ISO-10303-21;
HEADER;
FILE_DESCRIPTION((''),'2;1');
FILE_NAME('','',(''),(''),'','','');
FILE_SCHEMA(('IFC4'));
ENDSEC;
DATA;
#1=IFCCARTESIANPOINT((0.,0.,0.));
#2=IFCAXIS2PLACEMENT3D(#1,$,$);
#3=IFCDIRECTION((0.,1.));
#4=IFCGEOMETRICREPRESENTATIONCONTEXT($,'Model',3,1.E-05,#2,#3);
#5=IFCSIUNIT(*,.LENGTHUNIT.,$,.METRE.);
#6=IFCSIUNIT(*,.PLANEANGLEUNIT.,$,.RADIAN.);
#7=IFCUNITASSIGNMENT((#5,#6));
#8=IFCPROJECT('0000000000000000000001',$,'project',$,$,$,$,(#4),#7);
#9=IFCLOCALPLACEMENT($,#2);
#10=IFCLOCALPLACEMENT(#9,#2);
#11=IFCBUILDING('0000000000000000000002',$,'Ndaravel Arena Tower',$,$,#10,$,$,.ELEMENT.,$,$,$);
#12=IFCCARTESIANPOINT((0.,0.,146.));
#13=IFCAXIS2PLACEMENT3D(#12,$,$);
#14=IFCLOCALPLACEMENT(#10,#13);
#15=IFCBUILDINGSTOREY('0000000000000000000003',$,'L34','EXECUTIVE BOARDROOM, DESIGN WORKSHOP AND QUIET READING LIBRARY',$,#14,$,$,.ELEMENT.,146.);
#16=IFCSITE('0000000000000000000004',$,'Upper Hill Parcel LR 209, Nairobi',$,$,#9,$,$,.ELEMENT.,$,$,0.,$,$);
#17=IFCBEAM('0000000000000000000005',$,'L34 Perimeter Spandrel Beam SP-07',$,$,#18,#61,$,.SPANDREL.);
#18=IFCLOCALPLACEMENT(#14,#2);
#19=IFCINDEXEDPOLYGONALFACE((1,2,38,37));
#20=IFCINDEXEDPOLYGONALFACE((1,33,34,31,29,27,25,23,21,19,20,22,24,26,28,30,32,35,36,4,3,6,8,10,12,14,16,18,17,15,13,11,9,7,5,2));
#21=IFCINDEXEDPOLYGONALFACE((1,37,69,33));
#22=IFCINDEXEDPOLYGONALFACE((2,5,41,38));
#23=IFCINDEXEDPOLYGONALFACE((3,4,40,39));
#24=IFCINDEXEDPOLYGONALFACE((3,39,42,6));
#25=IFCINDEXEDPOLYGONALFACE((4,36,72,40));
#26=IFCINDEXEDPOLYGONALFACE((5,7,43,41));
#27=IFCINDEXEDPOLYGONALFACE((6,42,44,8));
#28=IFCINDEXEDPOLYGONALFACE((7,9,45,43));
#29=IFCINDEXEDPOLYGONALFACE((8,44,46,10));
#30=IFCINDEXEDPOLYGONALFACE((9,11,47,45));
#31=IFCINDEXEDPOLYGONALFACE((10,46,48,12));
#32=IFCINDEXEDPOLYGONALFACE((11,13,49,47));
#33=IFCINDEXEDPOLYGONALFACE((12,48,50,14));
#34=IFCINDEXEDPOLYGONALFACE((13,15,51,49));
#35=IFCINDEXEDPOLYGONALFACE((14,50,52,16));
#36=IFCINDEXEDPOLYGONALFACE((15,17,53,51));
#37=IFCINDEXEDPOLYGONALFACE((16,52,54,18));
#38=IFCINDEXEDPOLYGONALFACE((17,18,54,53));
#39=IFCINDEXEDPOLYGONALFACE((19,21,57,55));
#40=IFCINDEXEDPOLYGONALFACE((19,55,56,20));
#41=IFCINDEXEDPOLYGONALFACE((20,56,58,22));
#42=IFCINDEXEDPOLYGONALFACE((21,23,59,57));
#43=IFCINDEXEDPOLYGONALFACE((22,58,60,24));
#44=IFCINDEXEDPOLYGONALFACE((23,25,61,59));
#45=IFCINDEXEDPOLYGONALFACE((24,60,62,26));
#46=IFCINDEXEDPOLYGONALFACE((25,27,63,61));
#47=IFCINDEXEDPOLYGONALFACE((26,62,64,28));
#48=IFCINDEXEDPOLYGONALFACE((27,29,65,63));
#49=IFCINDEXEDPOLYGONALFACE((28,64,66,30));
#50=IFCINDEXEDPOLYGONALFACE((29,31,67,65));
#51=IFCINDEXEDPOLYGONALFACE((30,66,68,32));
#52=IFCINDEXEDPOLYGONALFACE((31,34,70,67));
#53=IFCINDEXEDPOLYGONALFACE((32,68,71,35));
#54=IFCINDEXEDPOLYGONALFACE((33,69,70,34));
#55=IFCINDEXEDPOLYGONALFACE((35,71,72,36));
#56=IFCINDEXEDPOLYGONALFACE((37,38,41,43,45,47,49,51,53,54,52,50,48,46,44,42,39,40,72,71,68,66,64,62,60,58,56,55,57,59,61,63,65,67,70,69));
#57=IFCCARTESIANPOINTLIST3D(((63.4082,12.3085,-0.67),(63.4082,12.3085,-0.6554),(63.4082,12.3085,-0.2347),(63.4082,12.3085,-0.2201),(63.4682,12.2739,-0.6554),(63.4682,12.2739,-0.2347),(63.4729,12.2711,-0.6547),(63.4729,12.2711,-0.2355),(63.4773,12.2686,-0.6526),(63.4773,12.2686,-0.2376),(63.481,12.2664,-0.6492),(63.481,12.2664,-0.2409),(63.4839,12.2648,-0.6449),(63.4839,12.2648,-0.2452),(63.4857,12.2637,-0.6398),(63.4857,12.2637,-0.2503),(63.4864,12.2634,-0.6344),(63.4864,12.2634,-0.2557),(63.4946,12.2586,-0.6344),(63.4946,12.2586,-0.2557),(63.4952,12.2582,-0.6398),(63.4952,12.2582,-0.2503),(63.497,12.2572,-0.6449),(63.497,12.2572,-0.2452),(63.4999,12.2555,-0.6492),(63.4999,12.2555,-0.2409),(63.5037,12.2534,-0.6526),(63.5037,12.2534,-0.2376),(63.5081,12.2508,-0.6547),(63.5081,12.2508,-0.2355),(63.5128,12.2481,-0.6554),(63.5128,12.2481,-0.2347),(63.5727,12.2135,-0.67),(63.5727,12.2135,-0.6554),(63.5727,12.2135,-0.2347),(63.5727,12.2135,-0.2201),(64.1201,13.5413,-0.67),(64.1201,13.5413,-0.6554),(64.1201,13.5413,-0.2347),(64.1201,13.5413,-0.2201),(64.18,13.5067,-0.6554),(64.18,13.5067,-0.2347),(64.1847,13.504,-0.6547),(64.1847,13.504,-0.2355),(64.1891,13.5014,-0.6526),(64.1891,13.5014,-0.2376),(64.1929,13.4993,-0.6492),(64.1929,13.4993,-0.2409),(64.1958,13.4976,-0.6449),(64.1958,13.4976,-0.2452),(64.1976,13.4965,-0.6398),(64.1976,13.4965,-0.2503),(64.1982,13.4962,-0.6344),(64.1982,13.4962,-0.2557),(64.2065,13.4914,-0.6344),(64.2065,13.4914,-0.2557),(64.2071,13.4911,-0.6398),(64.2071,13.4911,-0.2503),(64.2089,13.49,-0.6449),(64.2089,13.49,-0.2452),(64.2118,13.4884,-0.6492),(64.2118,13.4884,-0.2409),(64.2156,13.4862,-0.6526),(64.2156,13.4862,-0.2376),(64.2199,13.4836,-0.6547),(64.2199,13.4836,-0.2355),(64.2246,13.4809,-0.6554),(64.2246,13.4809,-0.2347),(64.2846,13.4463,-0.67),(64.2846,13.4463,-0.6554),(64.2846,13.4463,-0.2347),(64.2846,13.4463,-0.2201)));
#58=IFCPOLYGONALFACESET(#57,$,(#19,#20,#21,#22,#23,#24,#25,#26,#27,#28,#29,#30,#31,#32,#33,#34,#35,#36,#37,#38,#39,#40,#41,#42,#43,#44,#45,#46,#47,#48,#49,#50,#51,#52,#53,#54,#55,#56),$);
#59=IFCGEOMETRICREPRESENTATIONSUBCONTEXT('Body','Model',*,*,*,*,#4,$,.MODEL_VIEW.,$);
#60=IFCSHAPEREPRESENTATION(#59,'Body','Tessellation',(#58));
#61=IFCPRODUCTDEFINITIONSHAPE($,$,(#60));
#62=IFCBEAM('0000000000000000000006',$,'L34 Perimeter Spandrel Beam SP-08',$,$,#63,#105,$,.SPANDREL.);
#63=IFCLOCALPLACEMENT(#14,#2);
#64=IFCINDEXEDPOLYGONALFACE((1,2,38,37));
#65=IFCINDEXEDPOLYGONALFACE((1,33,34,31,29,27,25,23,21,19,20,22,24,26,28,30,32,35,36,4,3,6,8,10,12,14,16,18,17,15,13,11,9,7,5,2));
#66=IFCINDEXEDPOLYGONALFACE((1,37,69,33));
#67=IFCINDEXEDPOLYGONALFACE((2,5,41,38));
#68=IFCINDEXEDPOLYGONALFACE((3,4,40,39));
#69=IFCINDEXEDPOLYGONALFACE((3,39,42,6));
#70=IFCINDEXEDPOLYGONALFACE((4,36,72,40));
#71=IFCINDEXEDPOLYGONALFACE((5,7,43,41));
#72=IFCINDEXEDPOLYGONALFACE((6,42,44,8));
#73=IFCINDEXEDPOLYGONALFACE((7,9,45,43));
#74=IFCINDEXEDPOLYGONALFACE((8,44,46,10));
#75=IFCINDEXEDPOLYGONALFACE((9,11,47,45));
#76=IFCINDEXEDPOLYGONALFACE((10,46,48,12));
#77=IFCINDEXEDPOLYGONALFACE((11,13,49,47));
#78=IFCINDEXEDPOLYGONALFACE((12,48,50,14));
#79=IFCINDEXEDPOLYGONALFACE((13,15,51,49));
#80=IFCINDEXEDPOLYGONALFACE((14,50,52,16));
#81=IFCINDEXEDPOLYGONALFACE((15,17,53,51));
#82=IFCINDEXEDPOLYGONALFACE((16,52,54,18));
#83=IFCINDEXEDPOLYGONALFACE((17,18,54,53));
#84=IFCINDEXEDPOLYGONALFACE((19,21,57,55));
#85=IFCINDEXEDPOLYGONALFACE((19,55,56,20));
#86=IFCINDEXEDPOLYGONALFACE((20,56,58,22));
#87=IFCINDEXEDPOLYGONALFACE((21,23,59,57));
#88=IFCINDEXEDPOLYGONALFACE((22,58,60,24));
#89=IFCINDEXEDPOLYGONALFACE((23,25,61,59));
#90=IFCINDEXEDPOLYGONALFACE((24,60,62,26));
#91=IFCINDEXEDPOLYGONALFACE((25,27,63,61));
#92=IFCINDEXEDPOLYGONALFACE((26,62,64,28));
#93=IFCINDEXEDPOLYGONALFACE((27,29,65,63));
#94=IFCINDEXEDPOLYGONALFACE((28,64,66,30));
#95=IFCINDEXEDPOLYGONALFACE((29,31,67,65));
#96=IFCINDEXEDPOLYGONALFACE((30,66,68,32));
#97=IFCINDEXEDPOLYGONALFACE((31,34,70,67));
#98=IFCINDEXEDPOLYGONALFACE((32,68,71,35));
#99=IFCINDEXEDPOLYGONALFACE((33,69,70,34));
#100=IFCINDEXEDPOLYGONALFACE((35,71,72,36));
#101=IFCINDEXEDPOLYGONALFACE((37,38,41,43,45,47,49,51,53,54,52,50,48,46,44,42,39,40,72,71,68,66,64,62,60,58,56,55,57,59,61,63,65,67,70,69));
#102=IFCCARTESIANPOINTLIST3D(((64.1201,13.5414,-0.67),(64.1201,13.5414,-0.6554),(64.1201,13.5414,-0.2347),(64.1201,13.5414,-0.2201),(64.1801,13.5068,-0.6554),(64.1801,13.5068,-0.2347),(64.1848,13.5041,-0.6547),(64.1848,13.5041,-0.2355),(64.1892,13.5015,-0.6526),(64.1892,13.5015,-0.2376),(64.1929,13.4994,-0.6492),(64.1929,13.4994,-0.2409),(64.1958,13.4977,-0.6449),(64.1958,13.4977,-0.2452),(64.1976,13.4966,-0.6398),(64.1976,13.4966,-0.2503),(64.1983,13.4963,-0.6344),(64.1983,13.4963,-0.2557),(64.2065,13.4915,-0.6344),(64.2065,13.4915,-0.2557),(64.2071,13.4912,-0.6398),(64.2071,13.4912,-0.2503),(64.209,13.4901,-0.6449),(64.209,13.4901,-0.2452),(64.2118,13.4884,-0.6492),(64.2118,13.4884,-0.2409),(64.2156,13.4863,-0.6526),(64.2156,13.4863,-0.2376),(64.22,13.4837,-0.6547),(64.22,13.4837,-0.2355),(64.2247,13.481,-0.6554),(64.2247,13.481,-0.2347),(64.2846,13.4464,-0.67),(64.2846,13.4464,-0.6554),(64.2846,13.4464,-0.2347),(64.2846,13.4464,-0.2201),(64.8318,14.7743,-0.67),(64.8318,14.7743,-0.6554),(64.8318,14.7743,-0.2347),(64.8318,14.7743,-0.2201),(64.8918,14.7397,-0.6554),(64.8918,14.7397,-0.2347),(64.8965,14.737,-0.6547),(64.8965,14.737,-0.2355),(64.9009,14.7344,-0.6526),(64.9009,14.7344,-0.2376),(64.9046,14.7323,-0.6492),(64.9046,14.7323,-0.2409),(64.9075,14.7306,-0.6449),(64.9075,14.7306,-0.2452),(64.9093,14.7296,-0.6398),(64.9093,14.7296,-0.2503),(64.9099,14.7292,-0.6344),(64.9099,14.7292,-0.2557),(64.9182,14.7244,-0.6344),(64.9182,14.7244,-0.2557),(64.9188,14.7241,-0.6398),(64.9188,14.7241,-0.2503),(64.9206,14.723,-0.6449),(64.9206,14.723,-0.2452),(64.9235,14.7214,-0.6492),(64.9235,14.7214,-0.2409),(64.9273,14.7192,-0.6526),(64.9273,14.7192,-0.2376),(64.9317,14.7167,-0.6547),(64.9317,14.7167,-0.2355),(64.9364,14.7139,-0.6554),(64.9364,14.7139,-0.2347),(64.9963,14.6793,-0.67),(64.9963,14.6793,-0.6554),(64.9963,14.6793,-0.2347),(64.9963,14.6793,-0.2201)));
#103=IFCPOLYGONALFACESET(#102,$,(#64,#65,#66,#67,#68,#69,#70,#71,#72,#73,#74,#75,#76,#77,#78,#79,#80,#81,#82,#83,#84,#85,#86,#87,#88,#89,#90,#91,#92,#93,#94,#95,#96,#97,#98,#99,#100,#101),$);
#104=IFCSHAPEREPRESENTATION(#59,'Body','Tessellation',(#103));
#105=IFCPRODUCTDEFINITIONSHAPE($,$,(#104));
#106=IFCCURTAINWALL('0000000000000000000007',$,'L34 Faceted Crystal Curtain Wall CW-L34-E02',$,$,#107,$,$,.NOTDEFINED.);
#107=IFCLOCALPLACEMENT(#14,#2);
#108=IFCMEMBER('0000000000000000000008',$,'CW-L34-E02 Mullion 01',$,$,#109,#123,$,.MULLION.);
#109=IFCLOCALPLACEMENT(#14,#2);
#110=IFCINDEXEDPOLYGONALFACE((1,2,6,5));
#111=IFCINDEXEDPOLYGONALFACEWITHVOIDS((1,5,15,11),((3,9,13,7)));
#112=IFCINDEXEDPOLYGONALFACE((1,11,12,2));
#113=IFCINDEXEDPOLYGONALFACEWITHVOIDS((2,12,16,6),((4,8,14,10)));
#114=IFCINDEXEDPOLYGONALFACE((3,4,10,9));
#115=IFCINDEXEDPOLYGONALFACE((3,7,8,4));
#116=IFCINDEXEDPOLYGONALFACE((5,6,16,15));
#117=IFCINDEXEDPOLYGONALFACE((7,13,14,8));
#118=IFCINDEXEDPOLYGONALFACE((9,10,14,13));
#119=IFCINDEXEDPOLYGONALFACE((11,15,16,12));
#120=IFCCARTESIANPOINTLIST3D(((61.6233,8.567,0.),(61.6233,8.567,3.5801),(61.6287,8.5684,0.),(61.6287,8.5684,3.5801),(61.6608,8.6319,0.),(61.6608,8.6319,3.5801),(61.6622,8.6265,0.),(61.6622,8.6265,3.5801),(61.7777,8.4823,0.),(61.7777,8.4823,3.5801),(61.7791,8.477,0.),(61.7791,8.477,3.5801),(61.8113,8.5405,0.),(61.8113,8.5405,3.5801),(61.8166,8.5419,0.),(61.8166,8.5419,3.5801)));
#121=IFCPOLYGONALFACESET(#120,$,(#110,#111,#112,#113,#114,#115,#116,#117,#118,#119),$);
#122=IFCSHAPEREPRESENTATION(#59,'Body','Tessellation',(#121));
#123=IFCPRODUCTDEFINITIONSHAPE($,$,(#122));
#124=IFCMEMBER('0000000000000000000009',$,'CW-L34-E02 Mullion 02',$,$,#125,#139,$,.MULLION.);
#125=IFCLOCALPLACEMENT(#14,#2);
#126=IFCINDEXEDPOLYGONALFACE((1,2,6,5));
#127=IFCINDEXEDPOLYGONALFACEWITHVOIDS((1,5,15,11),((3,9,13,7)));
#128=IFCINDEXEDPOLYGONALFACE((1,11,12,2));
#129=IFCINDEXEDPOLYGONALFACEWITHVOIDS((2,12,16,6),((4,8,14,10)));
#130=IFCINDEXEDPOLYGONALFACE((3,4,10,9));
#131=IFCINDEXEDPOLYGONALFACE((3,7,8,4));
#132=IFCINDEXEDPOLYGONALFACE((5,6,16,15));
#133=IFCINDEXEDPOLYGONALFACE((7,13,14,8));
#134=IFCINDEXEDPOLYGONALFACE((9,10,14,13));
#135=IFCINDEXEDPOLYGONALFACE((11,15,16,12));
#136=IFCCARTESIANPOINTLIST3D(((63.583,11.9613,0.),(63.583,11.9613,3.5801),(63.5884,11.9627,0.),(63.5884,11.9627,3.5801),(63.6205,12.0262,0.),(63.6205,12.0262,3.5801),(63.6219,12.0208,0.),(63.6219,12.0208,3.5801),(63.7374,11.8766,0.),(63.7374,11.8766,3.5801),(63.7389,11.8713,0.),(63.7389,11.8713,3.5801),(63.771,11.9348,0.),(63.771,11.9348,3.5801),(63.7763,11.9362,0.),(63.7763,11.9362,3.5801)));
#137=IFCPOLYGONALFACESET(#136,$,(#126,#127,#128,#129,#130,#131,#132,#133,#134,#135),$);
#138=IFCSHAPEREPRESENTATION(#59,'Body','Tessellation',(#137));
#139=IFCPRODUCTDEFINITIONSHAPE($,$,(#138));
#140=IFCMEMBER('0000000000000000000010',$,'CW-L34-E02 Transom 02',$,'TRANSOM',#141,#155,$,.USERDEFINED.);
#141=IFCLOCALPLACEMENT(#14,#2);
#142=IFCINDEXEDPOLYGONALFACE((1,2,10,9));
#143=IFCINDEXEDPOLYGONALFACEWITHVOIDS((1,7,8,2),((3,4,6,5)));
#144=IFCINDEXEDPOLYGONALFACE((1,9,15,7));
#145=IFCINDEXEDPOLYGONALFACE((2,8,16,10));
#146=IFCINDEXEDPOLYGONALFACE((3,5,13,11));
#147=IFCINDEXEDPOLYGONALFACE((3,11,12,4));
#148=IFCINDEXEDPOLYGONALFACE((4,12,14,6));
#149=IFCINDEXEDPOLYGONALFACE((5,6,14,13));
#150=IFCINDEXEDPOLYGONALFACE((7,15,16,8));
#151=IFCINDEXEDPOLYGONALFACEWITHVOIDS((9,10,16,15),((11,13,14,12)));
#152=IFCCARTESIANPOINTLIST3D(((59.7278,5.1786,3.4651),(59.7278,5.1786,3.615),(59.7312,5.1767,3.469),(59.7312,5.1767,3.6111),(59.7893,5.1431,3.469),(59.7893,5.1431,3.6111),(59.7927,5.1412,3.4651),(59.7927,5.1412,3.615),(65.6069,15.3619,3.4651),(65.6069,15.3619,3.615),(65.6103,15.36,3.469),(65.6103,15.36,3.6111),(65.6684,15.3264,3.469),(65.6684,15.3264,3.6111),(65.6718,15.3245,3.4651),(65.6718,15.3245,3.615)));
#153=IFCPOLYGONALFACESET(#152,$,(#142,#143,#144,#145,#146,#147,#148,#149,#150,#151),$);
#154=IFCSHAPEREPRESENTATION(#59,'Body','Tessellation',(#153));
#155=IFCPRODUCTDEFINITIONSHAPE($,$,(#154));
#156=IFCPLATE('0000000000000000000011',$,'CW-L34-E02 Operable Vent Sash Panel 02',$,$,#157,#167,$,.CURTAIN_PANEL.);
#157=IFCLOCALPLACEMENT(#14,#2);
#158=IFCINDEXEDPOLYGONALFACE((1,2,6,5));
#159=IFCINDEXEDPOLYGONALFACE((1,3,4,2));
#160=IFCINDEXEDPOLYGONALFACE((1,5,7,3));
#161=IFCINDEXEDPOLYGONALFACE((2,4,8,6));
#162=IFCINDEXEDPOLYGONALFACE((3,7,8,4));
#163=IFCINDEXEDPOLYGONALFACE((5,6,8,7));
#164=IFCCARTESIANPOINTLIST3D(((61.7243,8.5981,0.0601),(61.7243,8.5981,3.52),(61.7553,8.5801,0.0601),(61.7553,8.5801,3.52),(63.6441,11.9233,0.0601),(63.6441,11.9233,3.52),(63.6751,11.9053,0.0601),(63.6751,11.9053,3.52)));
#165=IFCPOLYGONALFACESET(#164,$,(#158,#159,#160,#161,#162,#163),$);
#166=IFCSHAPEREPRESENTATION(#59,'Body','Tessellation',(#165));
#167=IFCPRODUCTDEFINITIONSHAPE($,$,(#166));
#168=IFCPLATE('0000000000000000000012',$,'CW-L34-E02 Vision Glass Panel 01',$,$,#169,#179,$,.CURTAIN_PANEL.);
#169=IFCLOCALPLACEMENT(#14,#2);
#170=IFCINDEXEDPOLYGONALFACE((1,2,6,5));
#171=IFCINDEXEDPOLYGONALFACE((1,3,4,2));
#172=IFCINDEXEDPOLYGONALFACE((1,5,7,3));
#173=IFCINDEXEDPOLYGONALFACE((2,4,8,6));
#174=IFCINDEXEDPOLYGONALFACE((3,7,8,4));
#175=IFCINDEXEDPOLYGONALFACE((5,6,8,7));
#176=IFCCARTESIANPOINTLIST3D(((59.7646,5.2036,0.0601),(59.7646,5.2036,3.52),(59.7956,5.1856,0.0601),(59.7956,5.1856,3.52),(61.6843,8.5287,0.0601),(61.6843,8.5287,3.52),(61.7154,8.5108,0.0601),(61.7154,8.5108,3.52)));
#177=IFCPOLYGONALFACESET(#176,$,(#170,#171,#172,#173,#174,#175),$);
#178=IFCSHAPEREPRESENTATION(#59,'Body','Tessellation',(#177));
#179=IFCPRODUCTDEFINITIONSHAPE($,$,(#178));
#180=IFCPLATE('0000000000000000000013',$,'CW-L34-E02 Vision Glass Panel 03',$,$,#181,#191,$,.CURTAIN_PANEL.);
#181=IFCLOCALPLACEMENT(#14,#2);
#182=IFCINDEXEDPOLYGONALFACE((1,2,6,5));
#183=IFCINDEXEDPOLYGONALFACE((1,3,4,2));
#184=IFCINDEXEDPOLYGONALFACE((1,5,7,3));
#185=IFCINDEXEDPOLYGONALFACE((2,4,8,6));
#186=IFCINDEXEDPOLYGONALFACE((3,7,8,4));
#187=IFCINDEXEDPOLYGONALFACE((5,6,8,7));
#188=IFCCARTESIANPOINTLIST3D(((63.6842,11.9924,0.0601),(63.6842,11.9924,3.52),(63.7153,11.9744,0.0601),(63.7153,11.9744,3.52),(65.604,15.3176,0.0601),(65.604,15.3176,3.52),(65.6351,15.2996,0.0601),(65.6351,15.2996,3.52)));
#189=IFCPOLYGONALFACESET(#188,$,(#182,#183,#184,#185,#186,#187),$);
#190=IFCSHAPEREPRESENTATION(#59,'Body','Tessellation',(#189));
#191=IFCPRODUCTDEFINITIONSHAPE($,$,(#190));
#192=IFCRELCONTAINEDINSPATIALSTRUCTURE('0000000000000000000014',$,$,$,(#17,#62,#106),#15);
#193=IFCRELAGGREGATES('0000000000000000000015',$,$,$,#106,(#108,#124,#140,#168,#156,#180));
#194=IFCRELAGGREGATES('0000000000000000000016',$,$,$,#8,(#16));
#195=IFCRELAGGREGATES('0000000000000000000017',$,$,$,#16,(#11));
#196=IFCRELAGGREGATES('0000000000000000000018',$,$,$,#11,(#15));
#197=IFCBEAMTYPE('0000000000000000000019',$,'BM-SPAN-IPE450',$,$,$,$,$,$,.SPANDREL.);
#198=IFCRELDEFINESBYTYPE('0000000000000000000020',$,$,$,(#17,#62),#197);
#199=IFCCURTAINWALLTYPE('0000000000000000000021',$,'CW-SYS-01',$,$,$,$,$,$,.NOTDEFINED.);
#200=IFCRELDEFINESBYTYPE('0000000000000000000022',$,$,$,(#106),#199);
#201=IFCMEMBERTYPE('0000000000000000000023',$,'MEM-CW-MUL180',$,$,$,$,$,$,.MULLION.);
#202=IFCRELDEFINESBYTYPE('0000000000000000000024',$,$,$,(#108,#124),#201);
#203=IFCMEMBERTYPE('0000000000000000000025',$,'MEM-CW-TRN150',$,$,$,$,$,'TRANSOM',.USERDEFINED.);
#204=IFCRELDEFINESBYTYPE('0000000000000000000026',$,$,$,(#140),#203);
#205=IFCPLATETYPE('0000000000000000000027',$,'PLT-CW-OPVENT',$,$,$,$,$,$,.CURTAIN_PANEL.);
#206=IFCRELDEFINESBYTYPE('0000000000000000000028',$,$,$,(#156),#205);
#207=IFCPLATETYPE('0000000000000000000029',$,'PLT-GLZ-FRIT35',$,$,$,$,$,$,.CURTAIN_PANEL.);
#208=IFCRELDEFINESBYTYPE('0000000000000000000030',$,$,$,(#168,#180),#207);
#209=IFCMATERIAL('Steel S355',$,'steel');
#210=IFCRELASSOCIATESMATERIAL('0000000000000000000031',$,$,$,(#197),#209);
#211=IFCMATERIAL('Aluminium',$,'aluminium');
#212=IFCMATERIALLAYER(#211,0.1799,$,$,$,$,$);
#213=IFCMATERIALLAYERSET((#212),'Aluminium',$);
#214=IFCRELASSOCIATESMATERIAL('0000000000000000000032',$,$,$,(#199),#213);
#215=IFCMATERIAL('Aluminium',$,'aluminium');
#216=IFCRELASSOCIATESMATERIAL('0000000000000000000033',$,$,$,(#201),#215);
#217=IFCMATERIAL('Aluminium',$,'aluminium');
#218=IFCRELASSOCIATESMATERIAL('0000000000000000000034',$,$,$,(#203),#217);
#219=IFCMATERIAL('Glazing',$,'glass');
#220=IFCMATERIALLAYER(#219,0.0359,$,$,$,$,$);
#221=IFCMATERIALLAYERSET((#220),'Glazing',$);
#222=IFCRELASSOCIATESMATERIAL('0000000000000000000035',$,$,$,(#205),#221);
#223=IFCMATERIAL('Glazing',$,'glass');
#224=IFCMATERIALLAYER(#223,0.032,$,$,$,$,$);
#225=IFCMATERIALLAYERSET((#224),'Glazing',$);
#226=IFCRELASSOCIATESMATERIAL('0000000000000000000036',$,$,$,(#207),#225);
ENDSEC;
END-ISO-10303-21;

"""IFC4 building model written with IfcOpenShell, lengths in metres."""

from ifc_helpers import new_model, si_unit, direction, frame, origin, origin_2d, place, context, subcontext, project, spatial, rectangle, hollow_rectangle, i_section, extrude, material, layer, layer_set, material_profile, profile_set, type_object, element, aggregate, save


model = new_model("IFC4")

# Units and contexts
model_context = context("Model", 3, precision=1e-05, world=origin(), true_north=direction((0.0, 1.0)))
body_context = subcontext(model_context, "Body", "Model", "MODEL_VIEW")
ifc_project = project(units=[si_unit("LENGTHUNIT", "METRE"), si_unit("PLANEANGLEUNIT", "RADIAN")], contexts=[model_context])

# Site, building, storey
site_placement = place(None, origin())
site = spatial("IfcSite", under=ifc_project, at=site_placement, Name="Upper Hill Parcel LR 209, Nairobi", CompositionType="ELEMENT", RefElevation=0.0)
building_placement = place(site_placement, origin())
building = spatial("IfcBuilding", under=site, at=building_placement, Name="Ndaravel Arena Tower", CompositionType="ELEMENT")
storey_placement = place(building_placement, frame((0.0, 0.0, 146.0)))
storey = spatial("IfcBuildingStorey", under=building, at=storey_placement, Name="L34", Description="EXECUTIVE BOARDROOM, DESIGN WORKSHOP AND QUIET READING LIBRARY", CompositionType="ELEMENT", Elevation=146.0)

# Beams
ifc_material_1 = material(Name="Steel S355", Category="steel")
ifc_material_profile_1 = material_profile(ifc_material_1, i_section(OverallWidth=0.1899, OverallDepth=0.45, WebThickness=0.0095, FlangeThickness=0.0146, FilletRadius=0.021, at=origin_2d()), Name="IPE 450")
ifc_profile_set_1 = profile_set([ifc_material_profile_1], Name="Steel S355")
beam_type = type_object("IfcBeamType", Name="BM-SPAN-IPE450", PredefinedType="SPANDREL", material=ifc_profile_set_1)
for number, where, z_axis, x_axis, name in (
    (1, (63.4905, 12.261, -0.4451), (0.500049, 0.865997, 0.0), (-0.865997, 0.500049, 0.0), "L34 Perimeter Spandrel Beam SP-07"),
    (2, (64.2024, 13.4939, -0.4451), (0.49992, 0.866071, 0.0), (-0.866071, 0.49992, 0.0), "L34 Perimeter Spandrel Beam SP-08"),
):
    element("IfcBeam", number, at=place(storey_placement, frame(where, z_axis=z_axis, x_axis=x_axis)), inside=storey, type_object=beam_type, Name=name, PredefinedType="SPANDREL", context=body_context, shape_type="SweptSolid", body=[
        extrude(i_section(OverallWidth=0.1899, OverallDepth=0.45, WebThickness=0.0095, FlangeThickness=0.0146, FilletRadius=0.021, at=origin_2d()), origin(), (0.0, 0.0, 1.0), 1.4236),
    ])

# Curtain wall, members, plates
ifc_material_2 = material(Name="Aluminium", Category="aluminium")
ifc_layer_1 = layer(ifc_material_2, 0.1799)
ifc_layer_set_1 = layer_set([ifc_layer_1], Name="Aluminium")
curtain_wall_type = type_object("IfcCurtainWallType", Name="CW-SYS-01", PredefinedType="NOTDEFINED", material=ifc_layer_set_1)
curtain_wall_placement = place(storey_placement, origin())
curtain_wall = element("IfcCurtainWall", 3, at=curtain_wall_placement, inside=storey, type_object=curtain_wall_type, Name="L34 Faceted Crystal Curtain Wall CW-L34-E02", PredefinedType="NOTDEFINED")
ifc_material_3 = material(Name="Aluminium", Category="aluminium")
ifc_material_profile_2 = material_profile(ifc_material_3, hollow_rectangle(XDim=0.075, YDim=0.1799, WallThickness=0.0039, at=origin_2d()), Name="CW MULLION 75x180x4")
ifc_profile_set_2 = profile_set([ifc_material_profile_2], Name="Aluminium")
member_type_1 = type_object("IfcMemberType", Name="MEM-CW-MUL180", PredefinedType="MULLION", material=ifc_profile_set_2)
member_1_placement = place(storey_placement, frame((61.72, 8.5544, 0.0), z_axis=(0.0, 0.0, 1.0), x_axis=(0.5, 0.866025, 0.0)))
member_1 = element("IfcMember", 4, at=member_1_placement, type_object=member_type_1, Name="CW-L34-E02 Mullion 01", PredefinedType="MULLION", context=body_context, shape_type="SweptSolid", body=[
    extrude(hollow_rectangle(XDim=0.075, YDim=0.1799, WallThickness=0.0039, at=origin_2d()), origin(), (0.0, 0.0, 1.0), 3.5801),
])
member_2_placement = place(storey_placement, frame((63.6797, 11.9487, 0.0), z_axis=(0.0, 0.0, 1.0), x_axis=(0.5, 0.866025, 0.0)))
member_2 = element("IfcMember", 5, at=member_2_placement, type_object=member_type_1, Name="CW-L34-E02 Mullion 02", PredefinedType="MULLION", context=body_context, shape_type="SweptSolid", body=[
    extrude(hollow_rectangle(XDim=0.075, YDim=0.1799, WallThickness=0.0039, at=origin_2d()), origin(), (0.0, 0.0, 1.0), 3.5801),
])
ifc_material_4 = material(Name="Aluminium", Category="aluminium")
ifc_material_profile_3 = material_profile(ifc_material_4, hollow_rectangle(XDim=0.075, YDim=0.1499, WallThickness=0.0039, at=origin_2d()), Name="CW TRANSOM 75x150x4")
ifc_profile_set_3 = profile_set([ifc_material_profile_3], Name="Aluminium")
member_type_2 = type_object("IfcMemberType", Name="MEM-CW-TRN150", ElementType="TRANSOM", PredefinedType="USERDEFINED", material=ifc_profile_set_3)
member_3_placement = place(storey_placement, frame((59.7603, 5.1599, 3.54), z_axis=(0.499987, 0.866033, 0.0), x_axis=(-0.866033, 0.499987, 0.0)))
member_3 = element("IfcMember", 6, at=member_3_placement, type_object=member_type_2, Name="CW-L34-E02 Transom 02", ObjectType="TRANSOM", PredefinedType="USERDEFINED", context=body_context, shape_type="SweptSolid", body=[
    extrude(hollow_rectangle(XDim=0.075, YDim=0.1499, WallThickness=0.0039, at=origin_2d()), origin(), (0.0, 0.0, 1.0), 11.7585),
])
ifc_material_5 = material(Name="Glazing", Category="glass")
ifc_layer_2 = layer(ifc_material_5, 0.0359)
ifc_layer_set_2 = layer_set([ifc_layer_2], Name="Glazing")
plate_type_1 = type_object("IfcPlateType", Name="PLT-CW-OPVENT", PredefinedType="CURTAIN_PANEL", material=ifc_layer_set_2)
plate_1_placement = place(storey_placement, frame((62.6997, 10.2517, 0.0601), z_axis=(0.0, 0.0, 1.0), x_axis=(0.5, 0.866025, 0.0)))
plate_1 = element("IfcPlate", 7, at=plate_1_placement, type_object=plate_type_1, Name="CW-L34-E02 Operable Vent Sash Panel 02", PredefinedType="CURTAIN_PANEL", context=body_context, shape_type="SweptSolid", body=[
    extrude(rectangle(XDim=3.8396, YDim=0.0359, at=origin_2d()), origin(), (0.0, 0.0, 1.0), 3.46),
])
ifc_material_6 = material(Name="Glazing", Category="glass")
ifc_layer_3 = layer(ifc_material_6, 0.032)
ifc_layer_set_3 = layer_set([ifc_layer_3], Name="Glazing")
plate_type_2 = type_object("IfcPlateType", Name="PLT-GLZ-FRIT35", PredefinedType="CURTAIN_PANEL", material=ifc_layer_set_3)
plate_2_placement = place(storey_placement, frame((60.74, 6.8572, 0.0601), z_axis=(0.0, 0.0, 1.0), x_axis=(0.5, 0.866025, 0.0)))
plate_2 = element("IfcPlate", 8, at=plate_2_placement, type_object=plate_type_2, Name="CW-L34-E02 Vision Glass Panel 01", PredefinedType="CURTAIN_PANEL", context=body_context, shape_type="SweptSolid", body=[
    extrude(rectangle(XDim=3.8396, YDim=0.0359, at=origin_2d()), origin(), (0.0, 0.0, 1.0), 3.46),
])
plate_3_placement = place(storey_placement, frame((64.6597, 13.646, 0.0601), z_axis=(0.0, 0.0, 1.0), x_axis=(0.5, 0.866025, 0.0)))
plate_3 = element("IfcPlate", 9, at=plate_3_placement, type_object=plate_type_2, Name="CW-L34-E02 Vision Glass Panel 03", PredefinedType="CURTAIN_PANEL", context=body_context, shape_type="SweptSolid", body=[
    extrude(rectangle(XDim=3.8396, YDim=0.0359, at=origin_2d()), origin(), (0.0, 0.0, 1.0), 3.46),
])
aggregate(curtain_wall, [member_1, member_2, member_3, plate_2, plate_1, plate_3])

save(model, "model.ifc")
